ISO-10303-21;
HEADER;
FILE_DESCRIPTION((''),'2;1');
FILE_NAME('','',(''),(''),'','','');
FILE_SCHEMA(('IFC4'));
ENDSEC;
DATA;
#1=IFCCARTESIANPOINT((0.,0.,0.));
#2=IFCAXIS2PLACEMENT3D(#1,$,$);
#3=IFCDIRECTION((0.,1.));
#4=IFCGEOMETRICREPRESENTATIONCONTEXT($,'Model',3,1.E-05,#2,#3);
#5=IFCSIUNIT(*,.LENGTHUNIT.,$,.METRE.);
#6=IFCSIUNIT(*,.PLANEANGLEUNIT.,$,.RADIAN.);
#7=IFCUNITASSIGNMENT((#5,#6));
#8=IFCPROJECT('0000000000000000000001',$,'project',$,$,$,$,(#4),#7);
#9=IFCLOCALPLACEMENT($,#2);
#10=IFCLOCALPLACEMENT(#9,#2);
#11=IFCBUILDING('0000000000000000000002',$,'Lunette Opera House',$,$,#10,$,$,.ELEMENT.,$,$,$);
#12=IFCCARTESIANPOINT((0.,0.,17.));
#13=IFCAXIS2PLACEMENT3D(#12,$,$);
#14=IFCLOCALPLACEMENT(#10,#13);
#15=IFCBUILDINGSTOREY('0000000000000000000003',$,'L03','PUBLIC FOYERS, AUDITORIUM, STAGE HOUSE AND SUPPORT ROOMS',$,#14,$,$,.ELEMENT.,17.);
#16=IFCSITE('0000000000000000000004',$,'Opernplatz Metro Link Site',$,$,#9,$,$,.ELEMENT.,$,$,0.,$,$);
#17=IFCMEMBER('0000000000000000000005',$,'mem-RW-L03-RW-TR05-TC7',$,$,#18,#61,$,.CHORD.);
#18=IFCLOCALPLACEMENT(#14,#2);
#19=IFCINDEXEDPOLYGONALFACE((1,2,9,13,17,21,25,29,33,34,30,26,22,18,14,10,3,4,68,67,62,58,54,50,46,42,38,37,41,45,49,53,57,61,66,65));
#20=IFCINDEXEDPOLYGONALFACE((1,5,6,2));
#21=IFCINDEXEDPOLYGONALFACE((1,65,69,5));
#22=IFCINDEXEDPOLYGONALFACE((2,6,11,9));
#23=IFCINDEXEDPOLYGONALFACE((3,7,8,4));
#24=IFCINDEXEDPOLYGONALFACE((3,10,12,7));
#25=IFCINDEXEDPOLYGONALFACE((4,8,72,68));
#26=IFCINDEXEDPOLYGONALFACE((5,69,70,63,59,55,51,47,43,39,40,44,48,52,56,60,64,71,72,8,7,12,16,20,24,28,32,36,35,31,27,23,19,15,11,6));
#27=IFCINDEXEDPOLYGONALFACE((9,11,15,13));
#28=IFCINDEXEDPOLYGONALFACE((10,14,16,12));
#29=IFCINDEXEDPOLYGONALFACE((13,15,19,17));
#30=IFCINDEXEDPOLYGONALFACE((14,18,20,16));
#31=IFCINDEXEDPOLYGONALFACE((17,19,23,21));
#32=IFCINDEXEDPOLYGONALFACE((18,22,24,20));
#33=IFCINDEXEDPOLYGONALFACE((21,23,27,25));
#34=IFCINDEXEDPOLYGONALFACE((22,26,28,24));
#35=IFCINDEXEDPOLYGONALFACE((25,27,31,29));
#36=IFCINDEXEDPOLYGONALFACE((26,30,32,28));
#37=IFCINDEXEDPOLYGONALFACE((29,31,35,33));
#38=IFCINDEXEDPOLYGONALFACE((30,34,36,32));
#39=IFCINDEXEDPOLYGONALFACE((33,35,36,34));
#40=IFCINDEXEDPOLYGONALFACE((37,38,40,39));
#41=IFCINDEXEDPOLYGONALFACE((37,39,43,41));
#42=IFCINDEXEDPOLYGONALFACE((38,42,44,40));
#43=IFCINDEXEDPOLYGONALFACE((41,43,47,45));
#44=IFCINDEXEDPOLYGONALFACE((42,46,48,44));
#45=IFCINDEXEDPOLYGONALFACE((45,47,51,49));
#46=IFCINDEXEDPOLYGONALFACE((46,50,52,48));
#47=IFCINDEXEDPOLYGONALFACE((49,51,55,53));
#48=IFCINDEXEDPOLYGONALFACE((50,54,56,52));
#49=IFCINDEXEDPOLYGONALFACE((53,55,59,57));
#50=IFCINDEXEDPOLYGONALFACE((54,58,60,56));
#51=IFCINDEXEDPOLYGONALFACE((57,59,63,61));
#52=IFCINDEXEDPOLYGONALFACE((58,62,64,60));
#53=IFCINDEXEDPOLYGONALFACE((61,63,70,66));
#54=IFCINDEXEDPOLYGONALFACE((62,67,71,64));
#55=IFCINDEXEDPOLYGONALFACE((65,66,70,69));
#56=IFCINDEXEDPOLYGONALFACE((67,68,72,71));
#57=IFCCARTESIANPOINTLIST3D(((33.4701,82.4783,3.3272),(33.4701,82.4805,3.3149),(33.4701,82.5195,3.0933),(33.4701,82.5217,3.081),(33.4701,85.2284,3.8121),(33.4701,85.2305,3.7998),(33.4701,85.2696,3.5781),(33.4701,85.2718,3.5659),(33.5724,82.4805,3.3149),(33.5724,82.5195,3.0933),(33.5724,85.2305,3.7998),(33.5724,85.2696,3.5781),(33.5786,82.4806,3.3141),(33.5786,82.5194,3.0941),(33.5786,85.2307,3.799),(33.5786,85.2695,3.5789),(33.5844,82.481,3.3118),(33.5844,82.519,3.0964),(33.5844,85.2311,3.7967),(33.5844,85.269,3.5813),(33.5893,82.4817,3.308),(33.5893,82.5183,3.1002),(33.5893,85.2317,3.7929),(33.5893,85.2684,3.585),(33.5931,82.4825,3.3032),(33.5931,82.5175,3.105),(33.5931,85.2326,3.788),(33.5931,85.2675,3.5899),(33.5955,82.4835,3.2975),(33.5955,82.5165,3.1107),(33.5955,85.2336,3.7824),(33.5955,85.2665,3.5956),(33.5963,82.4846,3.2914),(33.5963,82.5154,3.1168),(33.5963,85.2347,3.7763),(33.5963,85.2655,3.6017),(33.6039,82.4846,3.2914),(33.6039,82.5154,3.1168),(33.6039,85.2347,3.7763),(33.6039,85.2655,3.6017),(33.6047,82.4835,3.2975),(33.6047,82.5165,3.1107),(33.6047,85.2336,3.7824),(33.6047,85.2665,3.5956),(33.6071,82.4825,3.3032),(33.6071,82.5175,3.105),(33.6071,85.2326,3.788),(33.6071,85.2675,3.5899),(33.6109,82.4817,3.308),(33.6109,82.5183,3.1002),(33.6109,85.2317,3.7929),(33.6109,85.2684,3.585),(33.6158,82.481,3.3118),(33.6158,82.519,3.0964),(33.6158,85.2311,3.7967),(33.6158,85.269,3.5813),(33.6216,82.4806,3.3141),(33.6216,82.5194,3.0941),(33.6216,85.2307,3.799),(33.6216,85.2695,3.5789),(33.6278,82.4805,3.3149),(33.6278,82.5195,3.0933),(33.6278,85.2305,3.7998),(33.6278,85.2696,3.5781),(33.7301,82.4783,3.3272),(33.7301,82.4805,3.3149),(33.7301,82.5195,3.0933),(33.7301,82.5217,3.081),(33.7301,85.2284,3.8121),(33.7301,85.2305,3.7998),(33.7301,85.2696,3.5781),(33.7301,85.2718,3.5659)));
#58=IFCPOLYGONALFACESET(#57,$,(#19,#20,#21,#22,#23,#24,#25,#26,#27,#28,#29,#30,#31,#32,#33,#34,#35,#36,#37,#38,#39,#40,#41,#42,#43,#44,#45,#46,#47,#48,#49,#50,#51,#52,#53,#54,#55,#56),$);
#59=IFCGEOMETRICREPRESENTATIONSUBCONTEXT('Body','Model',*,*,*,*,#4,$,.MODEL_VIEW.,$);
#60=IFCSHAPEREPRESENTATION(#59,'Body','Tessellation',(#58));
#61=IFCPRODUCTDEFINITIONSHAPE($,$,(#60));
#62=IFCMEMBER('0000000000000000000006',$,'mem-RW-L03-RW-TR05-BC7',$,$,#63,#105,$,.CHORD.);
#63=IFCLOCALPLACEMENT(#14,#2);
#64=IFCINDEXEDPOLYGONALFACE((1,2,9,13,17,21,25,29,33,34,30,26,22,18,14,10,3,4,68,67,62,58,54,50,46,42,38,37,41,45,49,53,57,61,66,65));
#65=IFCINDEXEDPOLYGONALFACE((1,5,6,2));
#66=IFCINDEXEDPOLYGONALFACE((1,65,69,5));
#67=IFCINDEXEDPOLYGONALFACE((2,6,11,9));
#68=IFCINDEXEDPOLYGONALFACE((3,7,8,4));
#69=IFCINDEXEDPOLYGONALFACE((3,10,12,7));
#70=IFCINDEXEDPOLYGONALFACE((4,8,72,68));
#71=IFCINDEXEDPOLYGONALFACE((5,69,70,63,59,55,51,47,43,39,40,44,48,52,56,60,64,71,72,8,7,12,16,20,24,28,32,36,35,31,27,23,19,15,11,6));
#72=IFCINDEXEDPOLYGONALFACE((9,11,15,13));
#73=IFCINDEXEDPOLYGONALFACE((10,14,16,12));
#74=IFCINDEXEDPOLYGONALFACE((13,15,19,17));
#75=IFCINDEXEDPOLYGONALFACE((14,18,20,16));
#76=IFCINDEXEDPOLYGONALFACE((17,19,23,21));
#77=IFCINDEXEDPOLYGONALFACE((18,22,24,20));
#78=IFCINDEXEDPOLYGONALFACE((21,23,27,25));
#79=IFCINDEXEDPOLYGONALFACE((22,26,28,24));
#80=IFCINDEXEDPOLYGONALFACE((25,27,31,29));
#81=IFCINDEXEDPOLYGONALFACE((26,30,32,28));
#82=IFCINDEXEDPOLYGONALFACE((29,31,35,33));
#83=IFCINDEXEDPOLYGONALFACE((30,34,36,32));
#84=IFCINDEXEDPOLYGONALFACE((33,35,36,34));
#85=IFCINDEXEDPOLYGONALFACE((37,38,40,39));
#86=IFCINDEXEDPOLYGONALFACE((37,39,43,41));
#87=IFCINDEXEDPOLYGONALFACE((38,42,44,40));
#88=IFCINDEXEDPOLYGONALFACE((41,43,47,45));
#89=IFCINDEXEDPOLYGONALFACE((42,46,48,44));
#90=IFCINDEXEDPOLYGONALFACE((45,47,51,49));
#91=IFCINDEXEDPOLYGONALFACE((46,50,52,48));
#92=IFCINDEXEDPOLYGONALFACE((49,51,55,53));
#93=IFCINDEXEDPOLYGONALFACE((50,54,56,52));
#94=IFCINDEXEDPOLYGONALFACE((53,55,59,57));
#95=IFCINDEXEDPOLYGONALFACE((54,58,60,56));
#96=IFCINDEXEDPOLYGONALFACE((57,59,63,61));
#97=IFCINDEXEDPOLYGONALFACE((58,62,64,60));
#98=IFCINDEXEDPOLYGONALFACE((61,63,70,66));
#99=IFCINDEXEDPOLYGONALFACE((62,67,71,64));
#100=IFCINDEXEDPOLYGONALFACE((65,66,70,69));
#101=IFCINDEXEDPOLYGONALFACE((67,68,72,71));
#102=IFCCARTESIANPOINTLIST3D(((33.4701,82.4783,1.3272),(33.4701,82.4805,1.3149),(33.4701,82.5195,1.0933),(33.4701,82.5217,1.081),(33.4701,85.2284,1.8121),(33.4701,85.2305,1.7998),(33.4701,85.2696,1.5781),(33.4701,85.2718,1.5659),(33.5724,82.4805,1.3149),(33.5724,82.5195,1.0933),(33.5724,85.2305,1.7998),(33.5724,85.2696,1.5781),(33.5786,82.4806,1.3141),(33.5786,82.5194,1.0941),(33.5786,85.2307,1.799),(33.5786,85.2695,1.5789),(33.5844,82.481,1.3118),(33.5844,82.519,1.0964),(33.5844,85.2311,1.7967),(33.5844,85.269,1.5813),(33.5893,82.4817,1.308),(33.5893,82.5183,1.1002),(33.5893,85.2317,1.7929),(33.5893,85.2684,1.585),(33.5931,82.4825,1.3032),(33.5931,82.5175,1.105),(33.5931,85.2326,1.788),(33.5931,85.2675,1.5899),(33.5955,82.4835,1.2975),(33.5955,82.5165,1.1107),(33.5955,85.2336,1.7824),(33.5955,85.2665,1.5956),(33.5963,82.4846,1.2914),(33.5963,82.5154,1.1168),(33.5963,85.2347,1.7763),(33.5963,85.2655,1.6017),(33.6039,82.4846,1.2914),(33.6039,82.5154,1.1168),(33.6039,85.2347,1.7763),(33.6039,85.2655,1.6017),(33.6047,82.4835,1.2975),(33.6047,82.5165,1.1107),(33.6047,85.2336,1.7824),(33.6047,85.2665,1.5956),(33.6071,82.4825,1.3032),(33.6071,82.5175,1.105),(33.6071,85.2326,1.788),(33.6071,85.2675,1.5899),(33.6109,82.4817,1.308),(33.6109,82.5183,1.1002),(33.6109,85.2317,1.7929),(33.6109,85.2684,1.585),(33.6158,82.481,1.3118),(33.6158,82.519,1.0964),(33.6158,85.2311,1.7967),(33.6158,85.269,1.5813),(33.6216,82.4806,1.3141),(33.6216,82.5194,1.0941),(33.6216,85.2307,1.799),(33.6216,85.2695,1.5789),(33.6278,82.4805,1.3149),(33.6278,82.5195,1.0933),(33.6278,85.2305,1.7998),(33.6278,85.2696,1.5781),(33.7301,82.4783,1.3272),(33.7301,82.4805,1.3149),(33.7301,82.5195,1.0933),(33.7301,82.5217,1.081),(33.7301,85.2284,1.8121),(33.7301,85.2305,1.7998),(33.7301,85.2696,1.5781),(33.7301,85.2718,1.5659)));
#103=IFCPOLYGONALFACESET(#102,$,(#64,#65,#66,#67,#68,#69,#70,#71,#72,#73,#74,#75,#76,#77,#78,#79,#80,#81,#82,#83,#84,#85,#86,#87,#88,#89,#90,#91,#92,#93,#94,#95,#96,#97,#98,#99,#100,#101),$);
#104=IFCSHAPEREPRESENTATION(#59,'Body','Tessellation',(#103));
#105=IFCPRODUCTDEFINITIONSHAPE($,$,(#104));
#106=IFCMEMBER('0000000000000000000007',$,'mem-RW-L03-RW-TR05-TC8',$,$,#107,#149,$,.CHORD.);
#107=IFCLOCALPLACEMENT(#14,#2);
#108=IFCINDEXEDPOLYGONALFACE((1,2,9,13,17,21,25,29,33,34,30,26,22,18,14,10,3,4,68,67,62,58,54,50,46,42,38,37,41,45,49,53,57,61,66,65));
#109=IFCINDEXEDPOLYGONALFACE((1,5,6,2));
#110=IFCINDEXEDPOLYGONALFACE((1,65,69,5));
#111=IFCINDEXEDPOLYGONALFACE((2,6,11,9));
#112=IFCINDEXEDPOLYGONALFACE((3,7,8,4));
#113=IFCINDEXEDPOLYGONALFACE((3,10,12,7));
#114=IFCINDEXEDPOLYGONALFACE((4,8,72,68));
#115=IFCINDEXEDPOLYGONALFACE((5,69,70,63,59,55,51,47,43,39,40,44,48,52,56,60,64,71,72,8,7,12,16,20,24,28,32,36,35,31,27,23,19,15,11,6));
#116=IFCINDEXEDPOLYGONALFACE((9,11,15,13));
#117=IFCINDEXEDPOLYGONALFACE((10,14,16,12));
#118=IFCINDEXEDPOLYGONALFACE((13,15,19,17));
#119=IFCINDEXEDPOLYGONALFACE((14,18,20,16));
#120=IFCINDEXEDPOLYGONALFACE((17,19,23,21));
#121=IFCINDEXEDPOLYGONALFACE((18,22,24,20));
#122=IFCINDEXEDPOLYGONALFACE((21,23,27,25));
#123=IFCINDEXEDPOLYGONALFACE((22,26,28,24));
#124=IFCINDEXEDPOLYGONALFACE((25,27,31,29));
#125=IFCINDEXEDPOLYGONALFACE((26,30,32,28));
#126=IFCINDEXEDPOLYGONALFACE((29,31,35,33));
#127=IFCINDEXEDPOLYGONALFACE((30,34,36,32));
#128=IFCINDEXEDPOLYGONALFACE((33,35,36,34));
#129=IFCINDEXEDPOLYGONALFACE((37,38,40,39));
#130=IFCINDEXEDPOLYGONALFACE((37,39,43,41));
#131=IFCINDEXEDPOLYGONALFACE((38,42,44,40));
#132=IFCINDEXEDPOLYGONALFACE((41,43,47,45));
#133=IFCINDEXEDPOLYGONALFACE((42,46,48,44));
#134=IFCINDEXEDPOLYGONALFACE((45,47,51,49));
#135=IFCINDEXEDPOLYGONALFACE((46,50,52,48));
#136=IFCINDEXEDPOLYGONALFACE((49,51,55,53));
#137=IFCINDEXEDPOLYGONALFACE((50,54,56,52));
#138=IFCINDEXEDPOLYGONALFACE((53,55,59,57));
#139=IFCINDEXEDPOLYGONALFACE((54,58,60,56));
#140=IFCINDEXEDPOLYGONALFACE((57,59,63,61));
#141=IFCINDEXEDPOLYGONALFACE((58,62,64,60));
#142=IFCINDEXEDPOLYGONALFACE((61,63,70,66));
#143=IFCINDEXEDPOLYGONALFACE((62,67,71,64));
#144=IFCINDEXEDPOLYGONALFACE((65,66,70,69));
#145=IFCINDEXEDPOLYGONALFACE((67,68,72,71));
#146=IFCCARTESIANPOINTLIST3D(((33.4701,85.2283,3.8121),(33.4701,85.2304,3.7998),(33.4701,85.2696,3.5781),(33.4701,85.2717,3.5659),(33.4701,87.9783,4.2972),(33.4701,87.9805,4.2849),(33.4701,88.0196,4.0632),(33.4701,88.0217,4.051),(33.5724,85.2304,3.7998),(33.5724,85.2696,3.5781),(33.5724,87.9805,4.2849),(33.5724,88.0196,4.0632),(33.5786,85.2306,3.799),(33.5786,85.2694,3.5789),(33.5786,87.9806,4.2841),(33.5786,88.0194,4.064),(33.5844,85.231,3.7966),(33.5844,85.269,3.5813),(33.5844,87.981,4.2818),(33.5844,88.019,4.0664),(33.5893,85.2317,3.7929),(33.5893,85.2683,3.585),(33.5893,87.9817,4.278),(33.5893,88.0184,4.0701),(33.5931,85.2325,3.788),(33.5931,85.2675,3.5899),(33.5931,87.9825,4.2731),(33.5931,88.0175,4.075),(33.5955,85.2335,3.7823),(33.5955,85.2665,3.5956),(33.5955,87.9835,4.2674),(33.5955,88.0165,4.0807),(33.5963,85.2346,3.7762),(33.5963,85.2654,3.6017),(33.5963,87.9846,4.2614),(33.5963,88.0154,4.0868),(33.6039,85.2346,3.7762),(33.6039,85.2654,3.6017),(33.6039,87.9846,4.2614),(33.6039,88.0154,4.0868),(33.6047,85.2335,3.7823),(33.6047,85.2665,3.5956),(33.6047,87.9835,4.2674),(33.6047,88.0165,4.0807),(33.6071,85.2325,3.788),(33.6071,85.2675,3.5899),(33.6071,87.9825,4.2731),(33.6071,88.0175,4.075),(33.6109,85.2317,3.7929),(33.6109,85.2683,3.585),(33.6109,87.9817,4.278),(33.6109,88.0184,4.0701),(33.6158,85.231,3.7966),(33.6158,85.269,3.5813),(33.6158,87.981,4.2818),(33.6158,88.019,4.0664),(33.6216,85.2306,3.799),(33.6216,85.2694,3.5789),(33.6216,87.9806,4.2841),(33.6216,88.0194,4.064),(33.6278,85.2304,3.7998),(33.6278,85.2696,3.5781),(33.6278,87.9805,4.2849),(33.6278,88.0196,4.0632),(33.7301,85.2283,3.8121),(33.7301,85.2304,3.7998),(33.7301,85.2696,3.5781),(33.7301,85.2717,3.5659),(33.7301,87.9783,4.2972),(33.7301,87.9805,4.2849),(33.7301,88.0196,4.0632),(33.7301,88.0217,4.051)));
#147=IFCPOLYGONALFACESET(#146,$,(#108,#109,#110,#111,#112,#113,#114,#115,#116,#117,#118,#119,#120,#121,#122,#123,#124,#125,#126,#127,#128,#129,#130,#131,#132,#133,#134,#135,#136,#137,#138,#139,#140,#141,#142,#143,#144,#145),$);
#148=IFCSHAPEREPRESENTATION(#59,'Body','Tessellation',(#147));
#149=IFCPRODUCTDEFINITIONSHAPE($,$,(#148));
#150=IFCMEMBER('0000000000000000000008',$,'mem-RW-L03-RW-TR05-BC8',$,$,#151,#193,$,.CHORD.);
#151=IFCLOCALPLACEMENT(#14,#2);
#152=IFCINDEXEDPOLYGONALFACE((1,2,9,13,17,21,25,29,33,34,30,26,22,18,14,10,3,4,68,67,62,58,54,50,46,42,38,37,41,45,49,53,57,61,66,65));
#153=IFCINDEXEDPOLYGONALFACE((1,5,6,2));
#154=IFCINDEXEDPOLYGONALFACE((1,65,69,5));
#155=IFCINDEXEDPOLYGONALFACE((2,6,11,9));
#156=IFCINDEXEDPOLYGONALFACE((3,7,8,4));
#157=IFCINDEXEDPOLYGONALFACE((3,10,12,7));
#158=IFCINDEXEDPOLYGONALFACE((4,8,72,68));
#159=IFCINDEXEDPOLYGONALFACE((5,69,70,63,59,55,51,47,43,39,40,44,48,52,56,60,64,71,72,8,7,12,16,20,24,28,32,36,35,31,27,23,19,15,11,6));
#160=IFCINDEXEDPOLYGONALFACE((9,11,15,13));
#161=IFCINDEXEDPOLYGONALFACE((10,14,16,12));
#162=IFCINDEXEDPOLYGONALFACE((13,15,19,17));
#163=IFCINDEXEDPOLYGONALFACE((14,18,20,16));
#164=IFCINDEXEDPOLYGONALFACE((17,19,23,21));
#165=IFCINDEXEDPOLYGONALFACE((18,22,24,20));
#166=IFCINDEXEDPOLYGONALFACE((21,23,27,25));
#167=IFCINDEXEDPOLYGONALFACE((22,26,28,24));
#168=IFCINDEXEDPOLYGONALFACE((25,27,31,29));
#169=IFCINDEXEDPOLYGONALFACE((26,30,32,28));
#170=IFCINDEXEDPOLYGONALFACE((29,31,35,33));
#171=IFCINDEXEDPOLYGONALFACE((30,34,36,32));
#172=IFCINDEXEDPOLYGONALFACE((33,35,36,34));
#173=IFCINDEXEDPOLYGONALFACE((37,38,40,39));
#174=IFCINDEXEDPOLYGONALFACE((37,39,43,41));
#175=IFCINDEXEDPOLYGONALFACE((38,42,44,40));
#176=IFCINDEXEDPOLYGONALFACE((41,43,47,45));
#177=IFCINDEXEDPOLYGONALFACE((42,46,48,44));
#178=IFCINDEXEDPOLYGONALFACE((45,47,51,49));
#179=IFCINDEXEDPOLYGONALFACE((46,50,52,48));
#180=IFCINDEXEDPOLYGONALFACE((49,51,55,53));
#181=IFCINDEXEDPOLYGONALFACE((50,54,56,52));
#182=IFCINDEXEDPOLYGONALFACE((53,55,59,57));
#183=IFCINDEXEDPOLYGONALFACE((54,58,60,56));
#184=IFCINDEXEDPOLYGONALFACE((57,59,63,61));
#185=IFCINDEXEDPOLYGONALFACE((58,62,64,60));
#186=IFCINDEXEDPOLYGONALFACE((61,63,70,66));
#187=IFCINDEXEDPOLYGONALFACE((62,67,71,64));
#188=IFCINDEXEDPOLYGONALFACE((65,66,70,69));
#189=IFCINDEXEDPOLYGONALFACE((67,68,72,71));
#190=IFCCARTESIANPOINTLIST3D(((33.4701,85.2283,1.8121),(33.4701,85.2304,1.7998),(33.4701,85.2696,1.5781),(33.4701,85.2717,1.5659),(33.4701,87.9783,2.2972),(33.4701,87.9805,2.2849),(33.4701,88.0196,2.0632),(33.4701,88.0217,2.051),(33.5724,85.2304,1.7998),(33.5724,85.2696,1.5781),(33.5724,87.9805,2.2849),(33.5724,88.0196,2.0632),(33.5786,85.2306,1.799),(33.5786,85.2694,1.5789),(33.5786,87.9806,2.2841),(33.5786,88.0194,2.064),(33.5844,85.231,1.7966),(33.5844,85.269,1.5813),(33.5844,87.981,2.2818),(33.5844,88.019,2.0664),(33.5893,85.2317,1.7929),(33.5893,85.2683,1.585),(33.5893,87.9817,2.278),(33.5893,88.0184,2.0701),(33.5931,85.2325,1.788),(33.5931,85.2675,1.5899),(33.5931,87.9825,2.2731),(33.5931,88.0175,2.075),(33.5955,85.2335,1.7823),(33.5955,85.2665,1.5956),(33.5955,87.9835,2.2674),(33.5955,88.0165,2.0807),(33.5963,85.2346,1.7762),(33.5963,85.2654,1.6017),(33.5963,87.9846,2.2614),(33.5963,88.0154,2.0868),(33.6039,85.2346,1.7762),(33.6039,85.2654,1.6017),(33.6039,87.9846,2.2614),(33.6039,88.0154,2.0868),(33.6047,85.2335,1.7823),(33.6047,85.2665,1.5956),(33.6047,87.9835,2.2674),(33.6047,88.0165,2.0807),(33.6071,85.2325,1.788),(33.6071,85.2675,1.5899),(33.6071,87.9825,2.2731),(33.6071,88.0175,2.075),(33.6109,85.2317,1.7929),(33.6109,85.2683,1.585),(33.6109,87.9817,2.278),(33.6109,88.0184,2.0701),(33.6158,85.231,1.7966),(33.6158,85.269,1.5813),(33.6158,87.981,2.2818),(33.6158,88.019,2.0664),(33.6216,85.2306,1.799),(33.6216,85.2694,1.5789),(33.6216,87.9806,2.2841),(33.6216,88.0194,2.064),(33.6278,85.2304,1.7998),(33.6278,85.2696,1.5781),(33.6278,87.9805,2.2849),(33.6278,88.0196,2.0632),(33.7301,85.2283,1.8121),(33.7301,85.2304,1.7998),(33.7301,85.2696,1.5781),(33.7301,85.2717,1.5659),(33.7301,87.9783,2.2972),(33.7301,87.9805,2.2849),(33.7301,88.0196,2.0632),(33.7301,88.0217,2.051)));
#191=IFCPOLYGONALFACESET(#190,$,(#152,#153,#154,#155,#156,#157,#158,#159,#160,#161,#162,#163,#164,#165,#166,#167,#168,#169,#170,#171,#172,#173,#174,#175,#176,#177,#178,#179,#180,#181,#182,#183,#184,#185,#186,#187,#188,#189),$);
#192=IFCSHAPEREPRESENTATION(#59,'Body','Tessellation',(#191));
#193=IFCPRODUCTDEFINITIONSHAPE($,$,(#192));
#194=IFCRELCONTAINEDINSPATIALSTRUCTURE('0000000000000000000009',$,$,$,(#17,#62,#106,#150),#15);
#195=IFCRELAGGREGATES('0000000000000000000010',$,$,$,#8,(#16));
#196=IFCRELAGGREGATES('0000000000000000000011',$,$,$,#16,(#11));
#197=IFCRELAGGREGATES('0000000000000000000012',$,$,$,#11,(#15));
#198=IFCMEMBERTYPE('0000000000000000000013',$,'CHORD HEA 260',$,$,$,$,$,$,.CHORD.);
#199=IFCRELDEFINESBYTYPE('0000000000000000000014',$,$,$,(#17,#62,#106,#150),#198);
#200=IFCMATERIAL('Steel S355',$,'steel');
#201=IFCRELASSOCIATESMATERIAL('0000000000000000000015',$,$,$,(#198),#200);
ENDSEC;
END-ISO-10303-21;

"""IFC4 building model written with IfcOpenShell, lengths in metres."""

from ifc_helpers import new_model, si_unit, direction, frame, origin, origin_2d, place, context, subcontext, project, spatial, i_section, extrude, material, material_profile, profile_set, type_object, element, save


model = new_model("IFC4")

# Units and contexts
model_context = context("Model", 3, precision=1e-05, world=origin(), true_north=direction((0.0, 1.0)))
body_context = subcontext(model_context, "Body", "Model", "MODEL_VIEW")
ifc_project = project(units=[si_unit("LENGTHUNIT", "METRE"), si_unit("PLANEANGLEUNIT", "RADIAN")], contexts=[model_context])

# Site, building, storey
site_placement = place(None, origin())
site = spatial("IfcSite", under=ifc_project, at=site_placement, Name="Opernplatz Metro Link Site", CompositionType="ELEMENT", RefElevation=0.0)
building_placement = place(site_placement, origin())
building = spatial("IfcBuilding", under=site, at=building_placement, Name="Lunette Opera House", CompositionType="ELEMENT")
storey_placement = place(building_placement, frame((0.0, 0.0, 17.0)))
storey = spatial("IfcBuildingStorey", under=building, at=storey_placement, Name="L03", Description="PUBLIC FOYERS, AUDITORIUM, STAGE HOUSE AND SUPPORT ROOMS", CompositionType="ELEMENT", Elevation=17.0)

# Members
ifc_material_1 = material(Name="Steel S355", Category="steel")
ifc_material_profile_1 = material_profile(ifc_material_1, i_section(OverallWidth=0.26, OverallDepth=0.25, WebThickness=0.0076, FlangeThickness=0.0125, FilletRadius=0.0239, at=origin_2d()), Name="HEA 260")
ifc_profile_set_1 = profile_set([ifc_material_profile_1], Name="Steel S355")
member_type_1 = type_object("IfcMemberType", Name="CHORD HEA 260", PredefinedType="CHORD", material=ifc_profile_set_1)
for number, where, z_axis, x_axis, name in (
    (1, (33.6001, 82.5, 3.2041), (0.0, 0.98481, 0.173636), (-1.0, 0.0, 0.0), "mem-RW-L03-RW-TR05-TC7"),
    (2, (33.6001, 82.5, 1.2041), (0.0, 0.98481, 0.173636), (-1.0, 0.0, 0.0), "mem-RW-L03-RW-TR05-BC7"),
    (3, (33.6001, 85.25, 3.689), (0.0, 0.984795, 0.17372), (-1.0, 0.0, 0.0), "mem-RW-L03-RW-TR05-TC8"),
    (4, (33.6001, 85.25, 1.689), (0.0, 0.984795, 0.17372), (-1.0, 0.0, 0.0), "mem-RW-L03-RW-TR05-BC8"),
):
    element("IfcMember", number, at=place(storey_placement, frame(where, z_axis=z_axis, x_axis=x_axis)), inside=storey, type_object=member_type_1, Name=name, PredefinedType="CHORD", context=body_context, shape_type="SweptSolid", body=[
        extrude(i_section(OverallWidth=0.26, OverallDepth=0.25, WebThickness=0.0076, FlangeThickness=0.0125, FilletRadius=0.0239, at=origin_2d()), origin(), (0.0, 0.0, 1.0), 2.7925),
    ])

save(model, "model.ifc")
